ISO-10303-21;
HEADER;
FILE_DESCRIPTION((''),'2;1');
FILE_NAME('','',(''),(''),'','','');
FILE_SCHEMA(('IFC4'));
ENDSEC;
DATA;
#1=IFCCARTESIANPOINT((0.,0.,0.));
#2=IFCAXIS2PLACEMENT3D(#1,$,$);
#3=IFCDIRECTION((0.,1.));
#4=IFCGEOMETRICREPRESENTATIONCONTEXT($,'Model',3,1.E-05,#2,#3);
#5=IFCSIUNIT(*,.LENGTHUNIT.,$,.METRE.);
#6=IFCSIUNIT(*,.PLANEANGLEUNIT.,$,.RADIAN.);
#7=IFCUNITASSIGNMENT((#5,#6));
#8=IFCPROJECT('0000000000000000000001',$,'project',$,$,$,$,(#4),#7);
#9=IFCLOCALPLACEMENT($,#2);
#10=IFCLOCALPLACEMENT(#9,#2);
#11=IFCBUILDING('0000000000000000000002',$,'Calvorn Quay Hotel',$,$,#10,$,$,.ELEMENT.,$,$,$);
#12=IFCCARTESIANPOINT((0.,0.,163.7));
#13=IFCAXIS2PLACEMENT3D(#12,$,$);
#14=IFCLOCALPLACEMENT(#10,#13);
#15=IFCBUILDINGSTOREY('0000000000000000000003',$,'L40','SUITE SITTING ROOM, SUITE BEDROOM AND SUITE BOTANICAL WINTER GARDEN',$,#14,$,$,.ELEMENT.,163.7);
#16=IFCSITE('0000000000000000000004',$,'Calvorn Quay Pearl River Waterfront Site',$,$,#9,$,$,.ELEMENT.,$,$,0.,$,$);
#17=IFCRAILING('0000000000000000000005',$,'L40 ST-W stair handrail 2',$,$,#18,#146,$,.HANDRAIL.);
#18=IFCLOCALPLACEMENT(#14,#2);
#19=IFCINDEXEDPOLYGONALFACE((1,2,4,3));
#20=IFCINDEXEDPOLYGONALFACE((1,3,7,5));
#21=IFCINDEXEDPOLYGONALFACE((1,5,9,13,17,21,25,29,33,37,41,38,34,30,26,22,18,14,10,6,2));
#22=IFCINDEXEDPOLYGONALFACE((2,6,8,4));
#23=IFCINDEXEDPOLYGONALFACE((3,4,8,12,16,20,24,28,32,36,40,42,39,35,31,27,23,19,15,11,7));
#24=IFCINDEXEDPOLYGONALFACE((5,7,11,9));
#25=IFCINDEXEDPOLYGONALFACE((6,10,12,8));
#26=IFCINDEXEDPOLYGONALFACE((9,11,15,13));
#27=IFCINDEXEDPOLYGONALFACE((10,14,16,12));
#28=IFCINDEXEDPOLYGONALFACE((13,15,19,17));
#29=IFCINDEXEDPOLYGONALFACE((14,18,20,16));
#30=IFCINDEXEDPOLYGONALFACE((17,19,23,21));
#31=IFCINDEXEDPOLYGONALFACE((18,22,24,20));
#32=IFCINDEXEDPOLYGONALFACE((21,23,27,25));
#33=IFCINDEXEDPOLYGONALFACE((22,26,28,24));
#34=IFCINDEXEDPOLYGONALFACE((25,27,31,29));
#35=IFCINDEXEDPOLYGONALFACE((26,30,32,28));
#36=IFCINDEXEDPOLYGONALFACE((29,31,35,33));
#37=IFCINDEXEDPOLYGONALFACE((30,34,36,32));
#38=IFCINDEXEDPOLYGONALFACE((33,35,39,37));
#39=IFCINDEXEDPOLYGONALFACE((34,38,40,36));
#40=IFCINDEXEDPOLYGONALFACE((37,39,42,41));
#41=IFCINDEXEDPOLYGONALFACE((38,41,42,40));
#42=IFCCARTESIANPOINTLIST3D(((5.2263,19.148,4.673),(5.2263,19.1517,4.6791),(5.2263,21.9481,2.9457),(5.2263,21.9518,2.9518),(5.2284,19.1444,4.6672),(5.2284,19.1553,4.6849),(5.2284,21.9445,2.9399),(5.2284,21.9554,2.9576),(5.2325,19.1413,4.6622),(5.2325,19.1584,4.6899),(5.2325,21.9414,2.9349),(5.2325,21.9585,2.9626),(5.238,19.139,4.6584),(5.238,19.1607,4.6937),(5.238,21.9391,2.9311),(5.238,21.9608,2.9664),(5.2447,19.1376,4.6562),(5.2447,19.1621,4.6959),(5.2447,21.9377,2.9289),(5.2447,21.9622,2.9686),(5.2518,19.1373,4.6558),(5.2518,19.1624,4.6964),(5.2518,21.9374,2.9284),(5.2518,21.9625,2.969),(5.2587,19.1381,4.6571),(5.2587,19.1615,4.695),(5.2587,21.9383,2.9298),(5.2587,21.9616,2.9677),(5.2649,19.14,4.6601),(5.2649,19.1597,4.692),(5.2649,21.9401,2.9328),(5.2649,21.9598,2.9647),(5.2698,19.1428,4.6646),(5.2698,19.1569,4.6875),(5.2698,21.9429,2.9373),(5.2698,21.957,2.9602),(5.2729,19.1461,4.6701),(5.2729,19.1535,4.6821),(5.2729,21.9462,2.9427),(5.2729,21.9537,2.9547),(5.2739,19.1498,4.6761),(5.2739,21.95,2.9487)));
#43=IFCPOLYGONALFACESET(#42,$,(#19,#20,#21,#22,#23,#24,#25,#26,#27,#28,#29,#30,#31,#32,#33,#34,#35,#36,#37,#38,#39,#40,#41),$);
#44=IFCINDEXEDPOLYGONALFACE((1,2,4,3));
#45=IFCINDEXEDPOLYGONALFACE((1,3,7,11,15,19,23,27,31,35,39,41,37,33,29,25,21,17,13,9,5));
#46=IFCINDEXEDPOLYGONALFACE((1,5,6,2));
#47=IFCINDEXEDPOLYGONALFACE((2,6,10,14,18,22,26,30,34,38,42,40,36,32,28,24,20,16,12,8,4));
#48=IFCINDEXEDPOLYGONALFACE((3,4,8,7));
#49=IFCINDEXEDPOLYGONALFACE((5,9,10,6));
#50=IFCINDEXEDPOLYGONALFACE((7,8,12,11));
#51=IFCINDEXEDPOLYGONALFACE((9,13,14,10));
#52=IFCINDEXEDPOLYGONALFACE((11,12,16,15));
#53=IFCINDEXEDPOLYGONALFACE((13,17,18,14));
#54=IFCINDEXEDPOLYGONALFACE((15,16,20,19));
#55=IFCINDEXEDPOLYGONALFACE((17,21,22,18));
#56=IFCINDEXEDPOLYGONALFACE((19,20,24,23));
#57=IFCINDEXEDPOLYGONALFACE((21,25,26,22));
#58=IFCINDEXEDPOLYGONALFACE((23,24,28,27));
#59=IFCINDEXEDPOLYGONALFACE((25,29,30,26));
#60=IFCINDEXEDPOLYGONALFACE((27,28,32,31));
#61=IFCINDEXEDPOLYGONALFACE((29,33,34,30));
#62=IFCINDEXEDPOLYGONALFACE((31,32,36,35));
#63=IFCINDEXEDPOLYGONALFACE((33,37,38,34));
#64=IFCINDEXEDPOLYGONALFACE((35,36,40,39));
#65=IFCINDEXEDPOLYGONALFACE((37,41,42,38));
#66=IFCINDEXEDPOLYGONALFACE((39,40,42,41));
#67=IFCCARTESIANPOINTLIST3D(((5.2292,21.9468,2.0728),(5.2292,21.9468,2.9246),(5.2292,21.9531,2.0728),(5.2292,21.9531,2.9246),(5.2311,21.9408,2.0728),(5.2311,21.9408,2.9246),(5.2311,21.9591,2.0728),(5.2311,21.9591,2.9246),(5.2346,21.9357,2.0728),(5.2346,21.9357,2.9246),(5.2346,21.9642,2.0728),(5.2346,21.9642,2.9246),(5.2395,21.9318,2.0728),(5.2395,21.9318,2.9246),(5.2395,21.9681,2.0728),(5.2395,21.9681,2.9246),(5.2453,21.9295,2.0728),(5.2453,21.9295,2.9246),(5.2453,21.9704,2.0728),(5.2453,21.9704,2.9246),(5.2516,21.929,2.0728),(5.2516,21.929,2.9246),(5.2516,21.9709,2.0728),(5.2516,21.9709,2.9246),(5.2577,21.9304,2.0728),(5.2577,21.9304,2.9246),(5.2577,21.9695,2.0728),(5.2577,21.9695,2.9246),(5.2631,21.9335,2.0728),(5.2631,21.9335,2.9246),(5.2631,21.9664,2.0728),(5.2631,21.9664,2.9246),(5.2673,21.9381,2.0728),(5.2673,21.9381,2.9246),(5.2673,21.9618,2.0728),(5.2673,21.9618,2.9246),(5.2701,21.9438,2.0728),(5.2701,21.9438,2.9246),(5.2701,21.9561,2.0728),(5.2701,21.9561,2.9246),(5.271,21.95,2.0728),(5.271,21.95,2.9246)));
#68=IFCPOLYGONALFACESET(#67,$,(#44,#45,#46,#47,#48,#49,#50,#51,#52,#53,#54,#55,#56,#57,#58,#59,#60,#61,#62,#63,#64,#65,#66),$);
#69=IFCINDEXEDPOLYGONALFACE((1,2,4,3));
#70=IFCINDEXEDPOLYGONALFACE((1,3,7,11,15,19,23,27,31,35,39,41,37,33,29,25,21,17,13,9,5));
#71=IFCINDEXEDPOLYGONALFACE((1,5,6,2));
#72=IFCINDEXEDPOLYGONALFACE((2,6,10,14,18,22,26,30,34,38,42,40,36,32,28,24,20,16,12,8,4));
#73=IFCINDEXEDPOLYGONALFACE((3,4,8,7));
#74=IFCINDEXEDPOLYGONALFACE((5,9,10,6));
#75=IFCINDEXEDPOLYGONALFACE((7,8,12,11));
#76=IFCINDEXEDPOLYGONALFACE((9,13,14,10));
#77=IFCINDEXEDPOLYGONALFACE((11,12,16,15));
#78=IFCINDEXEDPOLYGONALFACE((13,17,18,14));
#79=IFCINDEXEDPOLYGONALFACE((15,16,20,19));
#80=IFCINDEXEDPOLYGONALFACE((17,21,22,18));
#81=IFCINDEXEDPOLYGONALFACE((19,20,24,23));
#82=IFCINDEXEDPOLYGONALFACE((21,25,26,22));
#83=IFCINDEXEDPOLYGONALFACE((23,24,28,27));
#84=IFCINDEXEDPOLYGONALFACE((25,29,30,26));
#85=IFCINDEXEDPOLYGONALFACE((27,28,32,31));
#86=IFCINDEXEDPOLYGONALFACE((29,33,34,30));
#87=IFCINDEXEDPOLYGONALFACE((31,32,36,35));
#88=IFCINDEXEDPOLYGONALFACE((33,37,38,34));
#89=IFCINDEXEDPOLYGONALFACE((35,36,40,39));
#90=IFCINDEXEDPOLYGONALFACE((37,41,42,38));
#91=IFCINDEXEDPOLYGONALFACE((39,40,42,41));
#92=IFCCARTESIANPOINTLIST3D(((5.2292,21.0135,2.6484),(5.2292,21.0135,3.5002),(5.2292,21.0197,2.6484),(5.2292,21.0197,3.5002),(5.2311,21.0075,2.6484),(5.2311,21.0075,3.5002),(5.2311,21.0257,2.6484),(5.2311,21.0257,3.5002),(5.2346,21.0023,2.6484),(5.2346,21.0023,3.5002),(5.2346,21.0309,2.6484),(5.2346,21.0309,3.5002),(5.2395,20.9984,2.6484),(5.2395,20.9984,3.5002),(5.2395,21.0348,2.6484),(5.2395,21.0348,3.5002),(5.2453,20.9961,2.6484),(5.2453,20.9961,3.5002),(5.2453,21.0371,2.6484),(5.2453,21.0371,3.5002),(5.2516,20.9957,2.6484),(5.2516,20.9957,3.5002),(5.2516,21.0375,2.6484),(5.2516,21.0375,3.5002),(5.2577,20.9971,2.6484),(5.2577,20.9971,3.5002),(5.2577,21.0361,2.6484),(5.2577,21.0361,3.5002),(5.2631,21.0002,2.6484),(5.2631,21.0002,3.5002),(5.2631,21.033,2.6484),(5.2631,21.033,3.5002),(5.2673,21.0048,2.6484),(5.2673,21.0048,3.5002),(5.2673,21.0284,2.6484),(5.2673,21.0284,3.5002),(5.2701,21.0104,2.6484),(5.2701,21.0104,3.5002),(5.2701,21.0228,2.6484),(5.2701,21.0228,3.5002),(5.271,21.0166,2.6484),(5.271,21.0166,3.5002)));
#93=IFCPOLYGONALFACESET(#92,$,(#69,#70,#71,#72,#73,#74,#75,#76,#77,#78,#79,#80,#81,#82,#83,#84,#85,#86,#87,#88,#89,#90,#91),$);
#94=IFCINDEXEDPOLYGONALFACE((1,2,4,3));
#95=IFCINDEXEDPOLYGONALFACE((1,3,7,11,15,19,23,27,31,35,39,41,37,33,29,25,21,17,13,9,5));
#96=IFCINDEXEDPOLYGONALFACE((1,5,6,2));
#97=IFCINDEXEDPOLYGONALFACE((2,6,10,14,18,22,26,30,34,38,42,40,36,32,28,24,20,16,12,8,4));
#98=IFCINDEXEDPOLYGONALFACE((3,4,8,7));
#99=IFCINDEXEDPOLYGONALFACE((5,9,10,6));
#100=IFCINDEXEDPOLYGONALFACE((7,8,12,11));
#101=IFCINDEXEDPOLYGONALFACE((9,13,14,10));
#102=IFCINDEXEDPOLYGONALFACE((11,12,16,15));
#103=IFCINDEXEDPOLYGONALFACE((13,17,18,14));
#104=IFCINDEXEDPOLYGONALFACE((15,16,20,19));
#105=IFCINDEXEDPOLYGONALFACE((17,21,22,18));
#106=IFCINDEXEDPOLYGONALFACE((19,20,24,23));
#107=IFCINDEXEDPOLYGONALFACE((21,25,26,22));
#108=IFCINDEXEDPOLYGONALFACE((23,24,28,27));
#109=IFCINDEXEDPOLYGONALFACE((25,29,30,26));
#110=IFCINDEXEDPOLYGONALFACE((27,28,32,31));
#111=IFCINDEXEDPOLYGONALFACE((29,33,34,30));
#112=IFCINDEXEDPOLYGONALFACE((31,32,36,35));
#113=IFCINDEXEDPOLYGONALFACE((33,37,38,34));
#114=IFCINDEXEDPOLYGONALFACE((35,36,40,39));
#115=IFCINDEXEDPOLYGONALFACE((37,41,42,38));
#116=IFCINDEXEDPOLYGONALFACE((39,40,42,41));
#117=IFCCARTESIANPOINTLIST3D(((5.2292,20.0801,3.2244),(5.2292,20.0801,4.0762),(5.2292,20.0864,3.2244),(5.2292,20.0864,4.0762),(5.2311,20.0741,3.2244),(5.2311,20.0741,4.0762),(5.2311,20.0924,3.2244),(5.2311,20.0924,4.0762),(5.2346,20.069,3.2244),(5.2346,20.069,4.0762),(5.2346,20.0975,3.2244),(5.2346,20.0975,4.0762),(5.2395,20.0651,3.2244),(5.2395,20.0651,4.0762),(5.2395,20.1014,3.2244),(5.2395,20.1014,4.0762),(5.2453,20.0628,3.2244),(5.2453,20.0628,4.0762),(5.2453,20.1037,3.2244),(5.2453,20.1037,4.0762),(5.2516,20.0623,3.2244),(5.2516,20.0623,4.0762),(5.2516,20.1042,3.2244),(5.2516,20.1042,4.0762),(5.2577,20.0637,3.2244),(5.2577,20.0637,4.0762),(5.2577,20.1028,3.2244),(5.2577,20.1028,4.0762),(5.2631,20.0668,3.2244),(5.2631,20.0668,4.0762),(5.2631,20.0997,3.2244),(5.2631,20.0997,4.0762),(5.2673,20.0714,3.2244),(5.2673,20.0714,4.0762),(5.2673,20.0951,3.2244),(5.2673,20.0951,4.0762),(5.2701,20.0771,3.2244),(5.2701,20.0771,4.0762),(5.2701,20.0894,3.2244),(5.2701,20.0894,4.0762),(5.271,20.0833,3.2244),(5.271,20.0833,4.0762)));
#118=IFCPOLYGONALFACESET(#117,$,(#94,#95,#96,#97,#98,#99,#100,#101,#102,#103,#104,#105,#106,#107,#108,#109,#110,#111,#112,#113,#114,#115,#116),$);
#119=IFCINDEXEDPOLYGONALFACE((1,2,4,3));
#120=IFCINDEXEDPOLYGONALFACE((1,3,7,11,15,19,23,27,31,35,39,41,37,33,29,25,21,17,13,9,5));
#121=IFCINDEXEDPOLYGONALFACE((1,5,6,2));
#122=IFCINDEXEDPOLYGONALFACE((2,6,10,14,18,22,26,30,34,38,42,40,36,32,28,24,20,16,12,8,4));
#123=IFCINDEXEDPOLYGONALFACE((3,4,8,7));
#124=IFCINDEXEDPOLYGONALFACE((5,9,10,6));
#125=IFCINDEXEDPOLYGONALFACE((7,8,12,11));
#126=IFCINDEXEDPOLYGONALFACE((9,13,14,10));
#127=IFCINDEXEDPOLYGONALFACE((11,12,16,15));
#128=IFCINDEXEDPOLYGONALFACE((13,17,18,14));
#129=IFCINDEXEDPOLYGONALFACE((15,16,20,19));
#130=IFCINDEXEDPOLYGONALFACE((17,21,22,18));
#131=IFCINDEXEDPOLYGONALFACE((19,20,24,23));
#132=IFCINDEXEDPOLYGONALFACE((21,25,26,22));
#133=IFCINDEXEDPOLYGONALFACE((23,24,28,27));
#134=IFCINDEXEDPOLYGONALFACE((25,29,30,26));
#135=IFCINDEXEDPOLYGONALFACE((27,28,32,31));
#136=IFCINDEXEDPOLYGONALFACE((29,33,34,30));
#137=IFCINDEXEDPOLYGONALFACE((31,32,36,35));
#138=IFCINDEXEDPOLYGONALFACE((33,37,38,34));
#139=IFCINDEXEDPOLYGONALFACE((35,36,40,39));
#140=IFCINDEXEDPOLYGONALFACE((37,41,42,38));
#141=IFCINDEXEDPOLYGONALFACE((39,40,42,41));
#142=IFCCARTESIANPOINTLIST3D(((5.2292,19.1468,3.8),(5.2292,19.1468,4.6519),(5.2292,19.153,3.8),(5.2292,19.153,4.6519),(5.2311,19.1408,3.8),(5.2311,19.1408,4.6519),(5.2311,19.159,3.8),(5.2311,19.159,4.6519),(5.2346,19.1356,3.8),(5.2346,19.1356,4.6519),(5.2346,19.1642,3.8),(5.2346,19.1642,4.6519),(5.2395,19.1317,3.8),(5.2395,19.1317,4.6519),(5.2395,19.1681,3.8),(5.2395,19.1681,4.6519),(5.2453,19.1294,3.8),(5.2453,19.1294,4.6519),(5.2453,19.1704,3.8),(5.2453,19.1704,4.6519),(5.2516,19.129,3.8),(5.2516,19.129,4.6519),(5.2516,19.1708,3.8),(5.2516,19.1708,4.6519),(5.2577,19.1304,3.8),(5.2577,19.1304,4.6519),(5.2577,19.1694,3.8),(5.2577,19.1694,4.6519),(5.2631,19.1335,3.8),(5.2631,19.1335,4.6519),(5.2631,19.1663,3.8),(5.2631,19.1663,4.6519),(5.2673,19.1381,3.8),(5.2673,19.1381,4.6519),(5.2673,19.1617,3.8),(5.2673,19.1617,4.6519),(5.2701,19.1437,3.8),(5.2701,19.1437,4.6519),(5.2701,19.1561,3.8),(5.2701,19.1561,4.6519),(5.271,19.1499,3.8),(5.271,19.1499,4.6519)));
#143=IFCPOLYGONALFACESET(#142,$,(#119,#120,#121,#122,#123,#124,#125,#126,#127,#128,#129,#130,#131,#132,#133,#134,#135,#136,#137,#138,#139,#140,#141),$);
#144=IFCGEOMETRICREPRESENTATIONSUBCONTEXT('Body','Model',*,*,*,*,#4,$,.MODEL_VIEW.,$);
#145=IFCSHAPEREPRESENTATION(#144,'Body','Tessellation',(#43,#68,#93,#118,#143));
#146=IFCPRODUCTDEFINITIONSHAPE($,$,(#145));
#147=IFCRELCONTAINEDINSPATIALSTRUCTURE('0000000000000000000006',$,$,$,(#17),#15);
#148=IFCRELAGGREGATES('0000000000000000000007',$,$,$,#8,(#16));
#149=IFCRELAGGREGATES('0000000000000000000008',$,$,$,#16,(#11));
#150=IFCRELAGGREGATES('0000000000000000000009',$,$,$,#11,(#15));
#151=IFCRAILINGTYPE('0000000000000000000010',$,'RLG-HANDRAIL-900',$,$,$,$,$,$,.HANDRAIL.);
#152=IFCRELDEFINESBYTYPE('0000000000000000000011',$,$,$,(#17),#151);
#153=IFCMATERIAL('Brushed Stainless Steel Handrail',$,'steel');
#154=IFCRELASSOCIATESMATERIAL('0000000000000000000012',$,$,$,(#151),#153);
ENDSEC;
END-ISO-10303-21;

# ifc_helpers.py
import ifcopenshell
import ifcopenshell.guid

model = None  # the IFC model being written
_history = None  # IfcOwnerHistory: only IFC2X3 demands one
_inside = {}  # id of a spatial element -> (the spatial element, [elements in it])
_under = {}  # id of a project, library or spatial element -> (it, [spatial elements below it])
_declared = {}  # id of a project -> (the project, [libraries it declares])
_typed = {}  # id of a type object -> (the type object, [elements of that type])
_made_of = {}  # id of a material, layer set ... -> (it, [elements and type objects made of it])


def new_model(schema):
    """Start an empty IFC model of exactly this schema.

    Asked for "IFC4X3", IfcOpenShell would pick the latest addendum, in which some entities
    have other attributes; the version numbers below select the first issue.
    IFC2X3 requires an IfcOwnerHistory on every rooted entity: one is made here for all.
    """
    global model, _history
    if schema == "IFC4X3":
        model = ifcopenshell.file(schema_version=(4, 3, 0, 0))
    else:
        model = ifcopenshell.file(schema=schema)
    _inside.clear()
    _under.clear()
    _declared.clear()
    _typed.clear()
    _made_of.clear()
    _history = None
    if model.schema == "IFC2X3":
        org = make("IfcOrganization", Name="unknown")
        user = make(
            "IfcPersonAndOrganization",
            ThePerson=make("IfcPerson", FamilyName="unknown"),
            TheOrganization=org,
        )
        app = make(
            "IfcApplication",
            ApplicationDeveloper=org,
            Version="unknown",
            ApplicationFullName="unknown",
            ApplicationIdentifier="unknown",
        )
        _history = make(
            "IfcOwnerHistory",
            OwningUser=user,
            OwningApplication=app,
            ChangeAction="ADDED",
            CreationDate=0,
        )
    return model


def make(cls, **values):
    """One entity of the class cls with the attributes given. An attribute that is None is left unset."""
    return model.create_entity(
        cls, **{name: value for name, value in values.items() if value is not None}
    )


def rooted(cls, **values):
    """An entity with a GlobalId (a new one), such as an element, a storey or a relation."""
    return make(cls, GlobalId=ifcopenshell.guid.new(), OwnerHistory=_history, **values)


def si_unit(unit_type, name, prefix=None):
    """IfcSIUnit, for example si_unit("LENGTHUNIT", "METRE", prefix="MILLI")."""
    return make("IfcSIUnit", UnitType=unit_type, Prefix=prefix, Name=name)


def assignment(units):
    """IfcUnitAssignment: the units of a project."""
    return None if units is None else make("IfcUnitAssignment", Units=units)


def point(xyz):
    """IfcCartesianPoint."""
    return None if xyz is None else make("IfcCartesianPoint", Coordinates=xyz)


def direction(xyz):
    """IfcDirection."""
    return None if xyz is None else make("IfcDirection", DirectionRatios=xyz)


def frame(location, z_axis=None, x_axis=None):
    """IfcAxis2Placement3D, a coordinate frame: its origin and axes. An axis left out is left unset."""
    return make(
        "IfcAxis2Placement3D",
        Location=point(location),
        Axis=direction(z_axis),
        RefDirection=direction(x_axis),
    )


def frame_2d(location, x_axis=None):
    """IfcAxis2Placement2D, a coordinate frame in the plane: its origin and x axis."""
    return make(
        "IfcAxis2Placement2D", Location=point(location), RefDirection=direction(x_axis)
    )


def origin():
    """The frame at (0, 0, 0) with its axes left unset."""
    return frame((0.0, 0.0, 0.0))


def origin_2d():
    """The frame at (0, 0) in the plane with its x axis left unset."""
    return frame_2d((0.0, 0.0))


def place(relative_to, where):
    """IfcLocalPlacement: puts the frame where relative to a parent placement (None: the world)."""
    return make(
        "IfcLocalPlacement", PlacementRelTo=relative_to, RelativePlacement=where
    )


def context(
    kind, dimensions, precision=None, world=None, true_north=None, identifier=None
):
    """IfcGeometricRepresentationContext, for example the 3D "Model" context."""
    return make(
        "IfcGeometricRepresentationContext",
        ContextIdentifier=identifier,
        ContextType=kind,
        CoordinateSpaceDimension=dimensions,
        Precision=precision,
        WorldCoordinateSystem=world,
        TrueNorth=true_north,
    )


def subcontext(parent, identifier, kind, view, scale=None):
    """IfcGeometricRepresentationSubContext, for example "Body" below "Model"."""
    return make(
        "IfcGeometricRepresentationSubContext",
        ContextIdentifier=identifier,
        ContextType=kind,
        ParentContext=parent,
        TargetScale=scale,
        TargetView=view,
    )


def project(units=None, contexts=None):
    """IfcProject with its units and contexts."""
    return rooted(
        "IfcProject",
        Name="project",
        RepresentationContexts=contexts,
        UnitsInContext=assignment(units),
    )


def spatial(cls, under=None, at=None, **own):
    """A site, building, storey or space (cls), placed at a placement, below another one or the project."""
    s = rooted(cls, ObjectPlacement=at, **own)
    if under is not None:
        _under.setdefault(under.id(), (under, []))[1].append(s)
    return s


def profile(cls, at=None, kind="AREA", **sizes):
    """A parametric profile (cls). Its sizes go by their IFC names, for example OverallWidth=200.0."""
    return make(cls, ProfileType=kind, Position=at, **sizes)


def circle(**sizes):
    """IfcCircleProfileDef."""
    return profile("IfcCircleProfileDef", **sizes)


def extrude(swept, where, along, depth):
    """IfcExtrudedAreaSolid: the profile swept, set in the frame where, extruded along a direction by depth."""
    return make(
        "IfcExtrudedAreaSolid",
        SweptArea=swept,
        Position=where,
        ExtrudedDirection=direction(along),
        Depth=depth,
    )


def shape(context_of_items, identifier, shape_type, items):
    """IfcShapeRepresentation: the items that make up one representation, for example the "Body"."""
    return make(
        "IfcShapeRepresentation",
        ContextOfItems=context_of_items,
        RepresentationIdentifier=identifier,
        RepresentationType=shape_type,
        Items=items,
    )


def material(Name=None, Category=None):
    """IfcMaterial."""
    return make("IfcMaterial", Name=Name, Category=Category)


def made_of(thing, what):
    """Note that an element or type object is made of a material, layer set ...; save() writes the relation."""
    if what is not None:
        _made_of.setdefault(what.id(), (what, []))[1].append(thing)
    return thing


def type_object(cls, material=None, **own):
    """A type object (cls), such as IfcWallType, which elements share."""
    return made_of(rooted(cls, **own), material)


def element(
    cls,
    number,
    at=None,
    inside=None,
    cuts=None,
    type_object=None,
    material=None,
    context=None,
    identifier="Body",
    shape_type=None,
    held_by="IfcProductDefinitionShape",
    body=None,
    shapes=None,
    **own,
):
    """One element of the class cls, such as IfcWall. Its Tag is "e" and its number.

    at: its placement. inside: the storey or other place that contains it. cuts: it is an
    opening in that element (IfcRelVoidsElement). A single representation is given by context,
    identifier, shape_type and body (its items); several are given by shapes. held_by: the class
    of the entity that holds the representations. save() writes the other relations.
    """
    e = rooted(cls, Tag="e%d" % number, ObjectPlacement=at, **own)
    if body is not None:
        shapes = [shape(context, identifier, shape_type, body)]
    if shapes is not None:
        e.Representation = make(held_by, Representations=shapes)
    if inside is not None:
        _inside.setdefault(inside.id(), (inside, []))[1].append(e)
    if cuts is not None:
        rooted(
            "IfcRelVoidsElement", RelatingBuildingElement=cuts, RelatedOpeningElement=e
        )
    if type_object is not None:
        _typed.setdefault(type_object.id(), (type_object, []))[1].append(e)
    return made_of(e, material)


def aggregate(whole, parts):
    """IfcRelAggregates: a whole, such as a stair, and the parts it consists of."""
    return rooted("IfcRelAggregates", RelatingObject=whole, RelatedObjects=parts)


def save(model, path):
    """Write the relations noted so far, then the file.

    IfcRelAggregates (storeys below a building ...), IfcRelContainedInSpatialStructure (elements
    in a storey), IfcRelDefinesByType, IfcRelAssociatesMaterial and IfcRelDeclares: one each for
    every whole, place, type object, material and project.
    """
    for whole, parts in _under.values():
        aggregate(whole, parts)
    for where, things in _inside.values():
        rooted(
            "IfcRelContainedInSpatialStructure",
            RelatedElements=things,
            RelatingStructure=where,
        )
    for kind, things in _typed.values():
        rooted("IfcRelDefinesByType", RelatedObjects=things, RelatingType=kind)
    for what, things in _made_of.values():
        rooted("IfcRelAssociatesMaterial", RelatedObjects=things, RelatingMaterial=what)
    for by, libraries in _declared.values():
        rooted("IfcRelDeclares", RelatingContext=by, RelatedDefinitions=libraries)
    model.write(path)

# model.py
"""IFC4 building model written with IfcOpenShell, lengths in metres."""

from ifc_helpers import new_model, si_unit, direction, frame, origin, origin_2d, place, context, subcontext, project, spatial, circle, extrude, material, type_object, element, save


model = new_model("IFC4")

# Units and contexts
model_context = context("Model", 3, precision=1e-05, world=origin(), true_north=direction((0.0, 1.0)))
body_context = subcontext(model_context, "Body", "Model", "MODEL_VIEW")
ifc_project = project(units=[si_unit("LENGTHUNIT", "METRE"), si_unit("PLANEANGLEUNIT", "RADIAN")], contexts=[model_context])

# Site, building, storey
site_placement = place(None, origin())
site = spatial("IfcSite", under=ifc_project, at=site_placement, Name="Calvorn Quay Pearl River Waterfront Site", CompositionType="ELEMENT", RefElevation=0.0)
building_placement = place(site_placement, origin())
building = spatial("IfcBuilding", under=site, at=building_placement, Name="Calvorn Quay Hotel", CompositionType="ELEMENT")
storey_placement = place(building_placement, frame((0.0, 0.0, 163.7)))
storey = spatial("IfcBuildingStorey", under=building, at=storey_placement, Name="L40", Description="SUITE SITTING ROOM, SUITE BEDROOM AND SUITE BOTANICAL WINTER GARDEN", CompositionType="ELEMENT", Elevation=163.7)

# Railing
ifc_material_1 = material(Name="Brushed Stainless Steel Handrail", Category="steel")
railing_type_1 = type_object("IfcRailingType", Name="RLG-HANDRAIL-900", PredefinedType="HANDRAIL", material=ifc_material_1)
railing_1_placement = place(storey_placement, frame((5.25, 21.95, 2.0728)))
element("IfcRailing", 1, at=railing_1_placement, inside=storey, type_object=railing_type_1, Name="L40 ST-W stair handrail 2", PredefinedType="HANDRAIL", context=body_context, shape_type="SweptSolid", body=[
    extrude(circle(Radius=0.0239, at=origin_2d()), frame((0.0, 0.0, 0.876), z_axis=(0.0, -0.85109, 0.52502), x_axis=(1.0, 0.0, 0.0)), (0.0, 0.0, 1.0), 3.29),
    extrude(circle(Radius=0.021, at=origin_2d()), origin(), (0.0, 0.0, 1.0), 0.8518),
    extrude(circle(Radius=0.021, at=origin_2d()), frame((0.0, -0.9333, 0.5757)), (0.0, 0.0, 1.0), 0.8518),
    extrude(circle(Radius=0.021, at=origin_2d()), frame((0.0, -1.8667, 1.1516)), (0.0, 0.0, 1.0), 0.8518),
    extrude(circle(Radius=0.021, at=origin_2d()), frame((0.0, -2.8, 1.7273)), (0.0, 0.0, 1.0), 0.8518),
])

save(model, "model.ifc")
